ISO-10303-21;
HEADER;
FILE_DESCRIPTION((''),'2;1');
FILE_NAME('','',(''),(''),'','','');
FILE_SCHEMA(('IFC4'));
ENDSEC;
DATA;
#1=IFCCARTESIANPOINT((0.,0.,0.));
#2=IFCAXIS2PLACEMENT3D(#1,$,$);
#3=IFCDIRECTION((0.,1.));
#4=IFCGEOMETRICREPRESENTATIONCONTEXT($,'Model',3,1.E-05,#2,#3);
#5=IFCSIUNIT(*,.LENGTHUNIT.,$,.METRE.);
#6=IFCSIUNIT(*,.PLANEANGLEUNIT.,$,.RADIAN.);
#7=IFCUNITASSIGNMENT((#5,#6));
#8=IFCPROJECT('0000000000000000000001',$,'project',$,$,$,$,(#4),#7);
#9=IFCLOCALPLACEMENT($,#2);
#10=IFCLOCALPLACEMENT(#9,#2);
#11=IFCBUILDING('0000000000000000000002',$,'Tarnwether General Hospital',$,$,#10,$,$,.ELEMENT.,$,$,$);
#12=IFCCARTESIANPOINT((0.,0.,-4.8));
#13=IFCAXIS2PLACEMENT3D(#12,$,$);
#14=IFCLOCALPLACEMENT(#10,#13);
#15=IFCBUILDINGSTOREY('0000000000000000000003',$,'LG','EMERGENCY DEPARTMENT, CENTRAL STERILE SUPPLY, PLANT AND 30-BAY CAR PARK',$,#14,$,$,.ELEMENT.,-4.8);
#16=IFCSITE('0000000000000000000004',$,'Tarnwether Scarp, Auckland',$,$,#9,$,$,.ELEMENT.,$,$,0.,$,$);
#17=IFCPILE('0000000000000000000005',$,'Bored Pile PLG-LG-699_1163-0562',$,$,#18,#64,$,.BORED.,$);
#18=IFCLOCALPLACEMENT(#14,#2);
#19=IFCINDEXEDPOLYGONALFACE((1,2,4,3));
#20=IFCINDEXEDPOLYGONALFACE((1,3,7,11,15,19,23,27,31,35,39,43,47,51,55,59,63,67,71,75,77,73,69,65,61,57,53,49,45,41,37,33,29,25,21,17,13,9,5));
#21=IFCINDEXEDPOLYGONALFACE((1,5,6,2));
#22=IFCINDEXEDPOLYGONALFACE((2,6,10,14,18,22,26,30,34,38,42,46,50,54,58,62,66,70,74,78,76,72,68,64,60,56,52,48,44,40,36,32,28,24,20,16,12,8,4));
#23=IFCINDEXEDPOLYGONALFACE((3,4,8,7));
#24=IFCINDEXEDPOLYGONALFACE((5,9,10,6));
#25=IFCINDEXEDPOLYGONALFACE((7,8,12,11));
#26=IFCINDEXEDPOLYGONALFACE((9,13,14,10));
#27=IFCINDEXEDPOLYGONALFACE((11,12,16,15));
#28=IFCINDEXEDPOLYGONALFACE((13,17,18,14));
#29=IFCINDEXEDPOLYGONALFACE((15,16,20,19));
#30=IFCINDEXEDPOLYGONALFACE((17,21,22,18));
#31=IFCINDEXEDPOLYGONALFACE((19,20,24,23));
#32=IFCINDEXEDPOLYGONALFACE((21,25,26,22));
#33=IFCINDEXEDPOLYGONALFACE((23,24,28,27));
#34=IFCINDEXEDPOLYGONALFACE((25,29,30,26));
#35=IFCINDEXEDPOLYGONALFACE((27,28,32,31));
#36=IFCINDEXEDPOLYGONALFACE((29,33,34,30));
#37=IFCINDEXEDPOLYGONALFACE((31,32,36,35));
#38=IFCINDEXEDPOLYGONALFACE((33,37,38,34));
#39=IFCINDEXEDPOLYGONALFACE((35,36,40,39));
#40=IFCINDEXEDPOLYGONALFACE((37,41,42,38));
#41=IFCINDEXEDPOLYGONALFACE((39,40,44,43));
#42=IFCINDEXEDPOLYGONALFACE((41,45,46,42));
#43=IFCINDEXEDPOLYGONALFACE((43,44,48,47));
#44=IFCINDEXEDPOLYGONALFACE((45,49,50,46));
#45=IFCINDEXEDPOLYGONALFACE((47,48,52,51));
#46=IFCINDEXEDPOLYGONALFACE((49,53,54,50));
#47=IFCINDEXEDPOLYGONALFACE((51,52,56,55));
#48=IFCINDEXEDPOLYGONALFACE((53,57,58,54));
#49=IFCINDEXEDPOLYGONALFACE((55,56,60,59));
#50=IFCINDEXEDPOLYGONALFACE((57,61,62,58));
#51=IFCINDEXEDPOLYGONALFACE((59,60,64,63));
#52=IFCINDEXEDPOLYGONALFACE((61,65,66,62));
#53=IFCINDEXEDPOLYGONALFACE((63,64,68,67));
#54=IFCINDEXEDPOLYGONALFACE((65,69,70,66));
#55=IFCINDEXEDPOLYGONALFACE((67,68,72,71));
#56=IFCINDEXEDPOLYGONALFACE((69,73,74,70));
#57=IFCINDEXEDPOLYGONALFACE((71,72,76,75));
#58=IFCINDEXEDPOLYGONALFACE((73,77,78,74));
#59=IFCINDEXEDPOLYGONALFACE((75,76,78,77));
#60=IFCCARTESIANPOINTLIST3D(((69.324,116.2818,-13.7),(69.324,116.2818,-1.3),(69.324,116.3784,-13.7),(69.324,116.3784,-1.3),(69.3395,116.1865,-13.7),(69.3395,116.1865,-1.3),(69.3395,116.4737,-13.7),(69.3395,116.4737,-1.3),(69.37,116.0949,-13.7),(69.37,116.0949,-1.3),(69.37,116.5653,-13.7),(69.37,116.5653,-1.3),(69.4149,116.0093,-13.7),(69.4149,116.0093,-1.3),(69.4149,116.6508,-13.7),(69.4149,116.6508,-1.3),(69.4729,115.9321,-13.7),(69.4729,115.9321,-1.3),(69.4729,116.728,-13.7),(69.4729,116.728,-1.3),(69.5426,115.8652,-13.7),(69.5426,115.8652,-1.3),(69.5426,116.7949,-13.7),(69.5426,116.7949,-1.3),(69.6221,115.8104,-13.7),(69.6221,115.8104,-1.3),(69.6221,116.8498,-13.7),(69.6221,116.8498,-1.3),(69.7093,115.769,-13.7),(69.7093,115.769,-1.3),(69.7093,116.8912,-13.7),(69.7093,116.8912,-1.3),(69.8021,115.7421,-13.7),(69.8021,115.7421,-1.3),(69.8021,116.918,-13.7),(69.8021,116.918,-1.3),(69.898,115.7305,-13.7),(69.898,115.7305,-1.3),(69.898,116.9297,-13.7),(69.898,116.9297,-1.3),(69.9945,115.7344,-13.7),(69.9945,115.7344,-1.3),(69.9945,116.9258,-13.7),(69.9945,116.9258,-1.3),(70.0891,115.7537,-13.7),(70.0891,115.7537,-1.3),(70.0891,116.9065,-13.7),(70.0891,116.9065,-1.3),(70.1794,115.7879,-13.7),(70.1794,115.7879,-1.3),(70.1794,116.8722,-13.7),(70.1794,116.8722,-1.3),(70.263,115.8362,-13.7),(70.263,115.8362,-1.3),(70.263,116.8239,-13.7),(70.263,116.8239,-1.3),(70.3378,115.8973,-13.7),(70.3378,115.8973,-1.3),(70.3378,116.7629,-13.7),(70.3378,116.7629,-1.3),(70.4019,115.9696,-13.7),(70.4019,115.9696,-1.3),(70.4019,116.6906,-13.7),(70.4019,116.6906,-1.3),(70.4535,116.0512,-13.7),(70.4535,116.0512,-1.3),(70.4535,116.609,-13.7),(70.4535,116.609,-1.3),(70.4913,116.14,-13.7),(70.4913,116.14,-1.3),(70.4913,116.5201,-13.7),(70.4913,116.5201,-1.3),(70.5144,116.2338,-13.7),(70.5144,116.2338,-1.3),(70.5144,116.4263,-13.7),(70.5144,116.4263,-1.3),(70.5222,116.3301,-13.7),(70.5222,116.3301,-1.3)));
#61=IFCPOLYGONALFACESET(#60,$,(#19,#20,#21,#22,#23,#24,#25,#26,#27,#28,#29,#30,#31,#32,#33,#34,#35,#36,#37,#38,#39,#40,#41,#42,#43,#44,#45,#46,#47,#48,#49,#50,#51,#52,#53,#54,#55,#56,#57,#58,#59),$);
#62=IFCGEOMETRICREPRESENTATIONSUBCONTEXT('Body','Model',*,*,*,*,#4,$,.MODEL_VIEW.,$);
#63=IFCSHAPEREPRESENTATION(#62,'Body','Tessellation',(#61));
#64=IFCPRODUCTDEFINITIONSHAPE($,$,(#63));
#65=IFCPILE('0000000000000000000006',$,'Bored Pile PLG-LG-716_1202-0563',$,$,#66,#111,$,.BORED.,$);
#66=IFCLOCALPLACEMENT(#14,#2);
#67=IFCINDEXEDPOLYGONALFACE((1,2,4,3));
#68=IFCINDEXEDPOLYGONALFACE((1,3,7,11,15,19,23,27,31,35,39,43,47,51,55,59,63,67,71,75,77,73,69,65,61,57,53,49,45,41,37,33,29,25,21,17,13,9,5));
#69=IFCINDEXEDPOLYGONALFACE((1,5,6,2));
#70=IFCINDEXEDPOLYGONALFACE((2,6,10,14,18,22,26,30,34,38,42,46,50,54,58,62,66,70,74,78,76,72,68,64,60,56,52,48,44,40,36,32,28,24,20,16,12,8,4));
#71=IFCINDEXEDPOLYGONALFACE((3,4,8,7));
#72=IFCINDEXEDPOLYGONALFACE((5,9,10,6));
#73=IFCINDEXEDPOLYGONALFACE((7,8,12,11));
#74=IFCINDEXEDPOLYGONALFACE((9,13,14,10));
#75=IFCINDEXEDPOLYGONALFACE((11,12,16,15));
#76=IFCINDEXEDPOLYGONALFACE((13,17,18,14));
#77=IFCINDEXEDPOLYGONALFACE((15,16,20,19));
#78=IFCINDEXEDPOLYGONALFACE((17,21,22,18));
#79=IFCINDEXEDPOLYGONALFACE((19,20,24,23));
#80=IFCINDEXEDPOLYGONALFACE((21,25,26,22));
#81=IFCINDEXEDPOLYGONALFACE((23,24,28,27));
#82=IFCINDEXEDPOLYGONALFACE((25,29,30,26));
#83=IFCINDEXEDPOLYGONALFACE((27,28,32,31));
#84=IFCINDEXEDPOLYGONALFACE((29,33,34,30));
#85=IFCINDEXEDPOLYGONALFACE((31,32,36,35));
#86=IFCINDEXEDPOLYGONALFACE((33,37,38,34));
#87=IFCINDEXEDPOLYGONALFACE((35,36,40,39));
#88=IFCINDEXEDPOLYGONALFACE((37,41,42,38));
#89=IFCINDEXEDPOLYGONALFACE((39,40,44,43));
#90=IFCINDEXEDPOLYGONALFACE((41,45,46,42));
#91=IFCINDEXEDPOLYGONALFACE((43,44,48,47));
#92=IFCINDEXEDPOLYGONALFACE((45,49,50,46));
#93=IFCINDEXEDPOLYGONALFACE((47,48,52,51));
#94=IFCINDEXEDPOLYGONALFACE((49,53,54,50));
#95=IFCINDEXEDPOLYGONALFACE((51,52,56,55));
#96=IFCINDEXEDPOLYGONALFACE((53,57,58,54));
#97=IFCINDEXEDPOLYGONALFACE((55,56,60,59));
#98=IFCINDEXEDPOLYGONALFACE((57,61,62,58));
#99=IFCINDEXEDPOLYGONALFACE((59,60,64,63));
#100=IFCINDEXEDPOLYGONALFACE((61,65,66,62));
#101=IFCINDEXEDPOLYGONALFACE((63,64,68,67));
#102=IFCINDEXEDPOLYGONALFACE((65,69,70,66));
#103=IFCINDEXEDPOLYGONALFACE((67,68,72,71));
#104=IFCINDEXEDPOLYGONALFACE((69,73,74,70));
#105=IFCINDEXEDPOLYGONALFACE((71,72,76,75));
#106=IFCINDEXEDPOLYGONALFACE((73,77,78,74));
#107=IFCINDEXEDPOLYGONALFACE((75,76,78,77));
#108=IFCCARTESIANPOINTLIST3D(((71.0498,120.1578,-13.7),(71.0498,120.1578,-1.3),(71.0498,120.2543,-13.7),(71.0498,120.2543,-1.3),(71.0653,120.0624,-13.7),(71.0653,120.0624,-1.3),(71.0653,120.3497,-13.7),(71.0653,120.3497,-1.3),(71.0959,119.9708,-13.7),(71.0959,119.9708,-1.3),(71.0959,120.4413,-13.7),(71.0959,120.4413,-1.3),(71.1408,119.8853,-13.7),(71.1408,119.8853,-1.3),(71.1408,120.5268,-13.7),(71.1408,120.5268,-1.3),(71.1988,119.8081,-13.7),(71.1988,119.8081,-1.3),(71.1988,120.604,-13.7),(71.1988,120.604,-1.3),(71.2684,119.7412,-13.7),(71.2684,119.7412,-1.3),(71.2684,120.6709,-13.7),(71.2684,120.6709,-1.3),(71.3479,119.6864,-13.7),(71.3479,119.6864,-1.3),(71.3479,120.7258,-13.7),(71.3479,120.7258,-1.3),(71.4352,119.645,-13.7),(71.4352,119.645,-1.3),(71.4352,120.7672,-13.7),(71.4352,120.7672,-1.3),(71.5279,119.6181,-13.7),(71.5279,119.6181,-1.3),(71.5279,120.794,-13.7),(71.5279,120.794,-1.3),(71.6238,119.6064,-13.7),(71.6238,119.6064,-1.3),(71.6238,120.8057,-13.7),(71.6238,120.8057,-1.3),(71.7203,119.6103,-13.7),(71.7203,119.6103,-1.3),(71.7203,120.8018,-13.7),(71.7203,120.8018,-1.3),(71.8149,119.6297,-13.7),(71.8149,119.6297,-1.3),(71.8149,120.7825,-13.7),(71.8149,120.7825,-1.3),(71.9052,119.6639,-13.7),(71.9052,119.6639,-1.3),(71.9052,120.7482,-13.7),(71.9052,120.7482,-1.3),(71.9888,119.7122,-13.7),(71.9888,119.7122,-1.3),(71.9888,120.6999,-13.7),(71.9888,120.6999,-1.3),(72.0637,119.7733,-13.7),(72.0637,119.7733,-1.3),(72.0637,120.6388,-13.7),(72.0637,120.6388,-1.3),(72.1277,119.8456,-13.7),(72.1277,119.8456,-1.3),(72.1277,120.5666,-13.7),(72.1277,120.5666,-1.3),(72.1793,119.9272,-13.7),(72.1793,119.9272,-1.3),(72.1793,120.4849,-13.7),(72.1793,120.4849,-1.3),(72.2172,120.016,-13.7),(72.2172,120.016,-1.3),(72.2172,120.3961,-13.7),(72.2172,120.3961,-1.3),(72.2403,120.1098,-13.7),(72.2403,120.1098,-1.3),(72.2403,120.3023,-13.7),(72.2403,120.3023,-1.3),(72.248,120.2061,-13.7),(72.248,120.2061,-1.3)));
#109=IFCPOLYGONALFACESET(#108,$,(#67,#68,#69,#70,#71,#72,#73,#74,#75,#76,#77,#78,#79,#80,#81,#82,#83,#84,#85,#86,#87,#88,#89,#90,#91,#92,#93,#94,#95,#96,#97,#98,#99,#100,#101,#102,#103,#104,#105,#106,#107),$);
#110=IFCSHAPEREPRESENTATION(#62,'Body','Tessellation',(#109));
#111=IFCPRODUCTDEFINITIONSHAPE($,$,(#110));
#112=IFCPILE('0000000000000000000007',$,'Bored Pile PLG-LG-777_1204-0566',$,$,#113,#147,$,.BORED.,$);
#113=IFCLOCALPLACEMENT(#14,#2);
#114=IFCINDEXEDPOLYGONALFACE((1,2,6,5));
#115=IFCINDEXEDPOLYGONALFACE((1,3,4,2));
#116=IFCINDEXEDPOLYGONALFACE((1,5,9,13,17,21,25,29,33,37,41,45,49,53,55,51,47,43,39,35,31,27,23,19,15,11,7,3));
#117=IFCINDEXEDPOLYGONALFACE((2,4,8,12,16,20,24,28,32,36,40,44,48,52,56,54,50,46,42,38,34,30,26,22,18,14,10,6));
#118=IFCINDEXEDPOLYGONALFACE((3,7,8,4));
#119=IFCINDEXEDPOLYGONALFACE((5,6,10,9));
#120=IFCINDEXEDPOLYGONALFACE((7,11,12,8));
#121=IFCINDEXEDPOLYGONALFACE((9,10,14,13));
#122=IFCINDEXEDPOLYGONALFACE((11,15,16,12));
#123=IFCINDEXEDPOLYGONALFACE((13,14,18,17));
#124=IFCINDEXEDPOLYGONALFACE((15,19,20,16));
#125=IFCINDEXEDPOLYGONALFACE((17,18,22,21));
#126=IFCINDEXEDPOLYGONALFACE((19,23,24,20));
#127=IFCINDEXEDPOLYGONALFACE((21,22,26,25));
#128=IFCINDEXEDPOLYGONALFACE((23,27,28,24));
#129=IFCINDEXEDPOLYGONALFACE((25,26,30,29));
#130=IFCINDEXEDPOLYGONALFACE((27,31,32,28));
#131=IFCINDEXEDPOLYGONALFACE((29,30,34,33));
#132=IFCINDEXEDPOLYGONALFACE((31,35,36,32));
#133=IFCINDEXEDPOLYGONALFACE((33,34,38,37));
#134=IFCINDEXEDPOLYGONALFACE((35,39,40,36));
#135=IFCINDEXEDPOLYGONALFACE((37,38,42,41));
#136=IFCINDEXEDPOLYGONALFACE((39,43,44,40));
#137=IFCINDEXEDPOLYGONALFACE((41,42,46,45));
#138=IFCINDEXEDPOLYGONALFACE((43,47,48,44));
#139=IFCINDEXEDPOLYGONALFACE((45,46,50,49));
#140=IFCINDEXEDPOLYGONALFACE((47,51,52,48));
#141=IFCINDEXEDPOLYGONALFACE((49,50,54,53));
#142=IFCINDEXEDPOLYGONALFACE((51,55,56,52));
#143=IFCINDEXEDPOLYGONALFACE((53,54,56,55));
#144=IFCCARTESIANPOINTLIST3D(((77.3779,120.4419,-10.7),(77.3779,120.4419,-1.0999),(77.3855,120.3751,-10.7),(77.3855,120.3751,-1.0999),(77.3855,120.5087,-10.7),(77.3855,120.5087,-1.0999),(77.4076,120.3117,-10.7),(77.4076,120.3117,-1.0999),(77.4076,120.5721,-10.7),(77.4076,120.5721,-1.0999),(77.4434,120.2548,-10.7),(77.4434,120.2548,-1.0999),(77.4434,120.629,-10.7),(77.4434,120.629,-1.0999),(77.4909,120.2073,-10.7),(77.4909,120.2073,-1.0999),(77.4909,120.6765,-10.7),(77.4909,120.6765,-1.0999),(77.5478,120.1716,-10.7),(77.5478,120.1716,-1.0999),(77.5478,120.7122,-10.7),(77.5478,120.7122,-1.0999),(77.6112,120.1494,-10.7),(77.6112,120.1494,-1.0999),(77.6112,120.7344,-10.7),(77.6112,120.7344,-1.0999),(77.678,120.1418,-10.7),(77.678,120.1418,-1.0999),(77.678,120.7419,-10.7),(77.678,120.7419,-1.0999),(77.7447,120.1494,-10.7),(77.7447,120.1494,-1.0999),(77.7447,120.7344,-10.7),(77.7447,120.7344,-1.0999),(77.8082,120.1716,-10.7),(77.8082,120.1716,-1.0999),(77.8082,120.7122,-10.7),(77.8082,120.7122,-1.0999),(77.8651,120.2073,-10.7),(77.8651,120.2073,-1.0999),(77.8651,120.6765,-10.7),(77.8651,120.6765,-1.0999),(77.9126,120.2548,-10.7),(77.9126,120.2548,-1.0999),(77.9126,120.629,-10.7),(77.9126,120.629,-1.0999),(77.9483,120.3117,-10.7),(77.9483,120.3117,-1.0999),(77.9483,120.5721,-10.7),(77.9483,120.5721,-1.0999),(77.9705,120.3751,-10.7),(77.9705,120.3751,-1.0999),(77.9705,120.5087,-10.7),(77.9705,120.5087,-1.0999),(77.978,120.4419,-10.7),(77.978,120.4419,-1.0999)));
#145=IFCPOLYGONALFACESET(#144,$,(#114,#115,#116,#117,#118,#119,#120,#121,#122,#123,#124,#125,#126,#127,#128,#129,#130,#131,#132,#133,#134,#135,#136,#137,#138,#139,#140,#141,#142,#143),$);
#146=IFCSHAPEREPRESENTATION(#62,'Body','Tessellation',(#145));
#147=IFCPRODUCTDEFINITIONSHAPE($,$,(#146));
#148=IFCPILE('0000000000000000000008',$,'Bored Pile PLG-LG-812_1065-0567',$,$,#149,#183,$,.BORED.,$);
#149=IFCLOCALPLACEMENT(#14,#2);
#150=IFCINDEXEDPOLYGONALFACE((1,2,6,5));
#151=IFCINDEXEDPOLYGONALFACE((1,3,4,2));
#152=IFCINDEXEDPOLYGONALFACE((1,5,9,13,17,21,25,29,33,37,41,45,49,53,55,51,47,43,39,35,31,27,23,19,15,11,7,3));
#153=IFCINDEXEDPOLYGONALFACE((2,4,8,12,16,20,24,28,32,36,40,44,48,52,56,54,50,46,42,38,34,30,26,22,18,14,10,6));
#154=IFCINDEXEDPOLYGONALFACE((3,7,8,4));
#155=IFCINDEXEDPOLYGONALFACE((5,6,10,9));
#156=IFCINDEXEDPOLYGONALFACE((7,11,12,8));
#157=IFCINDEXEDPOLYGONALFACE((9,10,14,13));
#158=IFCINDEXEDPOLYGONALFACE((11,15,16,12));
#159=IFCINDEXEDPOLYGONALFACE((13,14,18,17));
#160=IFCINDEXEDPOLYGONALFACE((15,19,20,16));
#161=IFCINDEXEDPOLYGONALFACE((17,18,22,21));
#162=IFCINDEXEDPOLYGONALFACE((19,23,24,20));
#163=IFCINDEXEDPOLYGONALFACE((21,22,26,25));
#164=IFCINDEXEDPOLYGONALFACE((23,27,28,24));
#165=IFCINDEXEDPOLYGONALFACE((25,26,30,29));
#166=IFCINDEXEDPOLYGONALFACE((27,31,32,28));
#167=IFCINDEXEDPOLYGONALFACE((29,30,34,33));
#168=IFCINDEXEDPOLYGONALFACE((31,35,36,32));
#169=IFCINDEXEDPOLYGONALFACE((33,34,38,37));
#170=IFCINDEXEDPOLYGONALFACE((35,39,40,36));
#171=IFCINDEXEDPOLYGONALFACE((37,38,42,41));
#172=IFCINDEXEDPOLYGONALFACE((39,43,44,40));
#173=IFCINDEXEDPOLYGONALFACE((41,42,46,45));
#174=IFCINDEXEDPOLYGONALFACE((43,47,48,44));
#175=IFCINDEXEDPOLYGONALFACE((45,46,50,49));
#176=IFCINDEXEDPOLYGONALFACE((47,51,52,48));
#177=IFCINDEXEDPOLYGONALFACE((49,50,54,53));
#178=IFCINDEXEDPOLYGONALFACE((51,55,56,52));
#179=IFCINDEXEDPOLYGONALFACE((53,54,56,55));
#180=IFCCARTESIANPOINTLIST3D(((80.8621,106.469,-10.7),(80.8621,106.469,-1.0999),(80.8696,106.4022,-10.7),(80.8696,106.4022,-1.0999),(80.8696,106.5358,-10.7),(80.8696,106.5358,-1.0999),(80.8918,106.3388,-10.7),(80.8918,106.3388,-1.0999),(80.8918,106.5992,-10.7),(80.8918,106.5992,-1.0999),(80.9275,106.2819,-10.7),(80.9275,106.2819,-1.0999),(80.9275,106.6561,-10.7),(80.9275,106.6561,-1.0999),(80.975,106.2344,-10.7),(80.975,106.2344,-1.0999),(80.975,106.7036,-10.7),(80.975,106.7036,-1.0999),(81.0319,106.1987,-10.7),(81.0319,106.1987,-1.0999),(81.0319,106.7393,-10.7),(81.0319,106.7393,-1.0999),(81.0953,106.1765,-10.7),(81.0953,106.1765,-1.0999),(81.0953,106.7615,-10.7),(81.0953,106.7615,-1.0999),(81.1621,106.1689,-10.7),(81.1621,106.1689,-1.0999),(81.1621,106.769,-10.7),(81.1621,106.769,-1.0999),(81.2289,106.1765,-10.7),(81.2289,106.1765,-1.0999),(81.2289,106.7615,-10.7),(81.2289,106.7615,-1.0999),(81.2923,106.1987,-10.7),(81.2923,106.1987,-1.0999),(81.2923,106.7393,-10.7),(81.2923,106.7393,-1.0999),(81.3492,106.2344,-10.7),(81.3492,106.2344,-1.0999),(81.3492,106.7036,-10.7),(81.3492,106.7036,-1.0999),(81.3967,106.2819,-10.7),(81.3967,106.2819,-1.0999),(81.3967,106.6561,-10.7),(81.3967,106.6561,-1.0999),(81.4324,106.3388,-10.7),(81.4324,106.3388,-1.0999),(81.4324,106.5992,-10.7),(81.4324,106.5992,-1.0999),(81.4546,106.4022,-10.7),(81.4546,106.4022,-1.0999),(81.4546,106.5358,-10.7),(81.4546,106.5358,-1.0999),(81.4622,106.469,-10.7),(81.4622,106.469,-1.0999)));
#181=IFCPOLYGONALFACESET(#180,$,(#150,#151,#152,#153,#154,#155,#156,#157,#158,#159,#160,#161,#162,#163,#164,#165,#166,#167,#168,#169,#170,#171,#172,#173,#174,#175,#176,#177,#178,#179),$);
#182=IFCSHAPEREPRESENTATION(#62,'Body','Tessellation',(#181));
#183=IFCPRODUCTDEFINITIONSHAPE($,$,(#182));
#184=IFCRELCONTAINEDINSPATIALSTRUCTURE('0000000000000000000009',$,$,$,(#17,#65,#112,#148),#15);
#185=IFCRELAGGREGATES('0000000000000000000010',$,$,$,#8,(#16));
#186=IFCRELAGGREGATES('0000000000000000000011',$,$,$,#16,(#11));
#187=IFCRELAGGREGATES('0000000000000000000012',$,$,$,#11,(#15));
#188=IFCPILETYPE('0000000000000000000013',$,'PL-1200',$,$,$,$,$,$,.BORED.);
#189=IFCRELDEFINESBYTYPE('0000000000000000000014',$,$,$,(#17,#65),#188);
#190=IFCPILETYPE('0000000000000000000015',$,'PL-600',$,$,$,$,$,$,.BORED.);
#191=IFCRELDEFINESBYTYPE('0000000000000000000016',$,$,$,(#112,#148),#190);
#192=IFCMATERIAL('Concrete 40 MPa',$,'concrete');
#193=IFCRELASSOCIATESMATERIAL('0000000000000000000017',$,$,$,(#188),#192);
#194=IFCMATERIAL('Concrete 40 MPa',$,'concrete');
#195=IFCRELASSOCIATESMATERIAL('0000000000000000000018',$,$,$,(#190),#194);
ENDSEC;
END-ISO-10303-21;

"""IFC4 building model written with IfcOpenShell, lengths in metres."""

from ifc_helpers import new_model, si_unit, direction, frame, origin, origin_2d, place, context, subcontext, project, spatial, circle, extrude, material, material_profile, profile_set, type_object, element, save


model = new_model("IFC4")

# Units and contexts
model_context = context("Model", 3, precision=1e-05, world=origin(), true_north=direction((0.0, 1.0)))
body_context = subcontext(model_context, "Body", "Model", "MODEL_VIEW")
ifc_project = project(units=[si_unit("LENGTHUNIT", "METRE"), si_unit("PLANEANGLEUNIT", "RADIAN")], contexts=[model_context])

# Site, building, storey
site_placement = place(None, origin())
site = spatial("IfcSite", under=ifc_project, at=site_placement, Name="Tarnwether Scarp, Auckland", CompositionType="ELEMENT", RefElevation=0.0)
building_placement = place(site_placement, origin())
building = spatial("IfcBuilding", under=site, at=building_placement, Name="Tarnwether General Hospital", CompositionType="ELEMENT")
storey_placement = place(building_placement, frame((0.0, 0.0, -4.8)))
storey = spatial("IfcBuildingStorey", under=building, at=storey_placement, Name="LG", Description="EMERGENCY DEPARTMENT, CENTRAL STERILE SUPPLY, PLANT AND 30-BAY CAR PARK", CompositionType="ELEMENT", Elevation=-4.8)

# Piles
ifc_material_1 = material(Name="Concrete 40 MPa", Category="concrete")
ifc_material_profile_1 = material_profile(ifc_material_1, circle(Radius=0.6001, at=origin_2d()), Name="PILE-D1200")
ifc_profile_set_1 = profile_set([ifc_material_profile_1], Name="Concrete 40 MPa")
pile_type_1 = type_object("IfcPileType", Name="PL-1200", PredefinedType="BORED", material=ifc_profile_set_1)
for number, where, z_axis, x_axis, name in (
    (1, (69.9221, 116.3301, -1.3), (0.0, 0.0, -1.0), (1.0, 0.0, 0.0), "Bored Pile PLG-LG-699_1163-0562"),
    (2, (71.6479, 120.2061, -1.3), (0.0, 0.0, -1.0), (1.0, 0.0, 0.0), "Bored Pile PLG-LG-716_1202-0563"),
):
    element("IfcPile", number, at=place(storey_placement, frame(where, z_axis=z_axis, x_axis=x_axis)), inside=storey, type_object=pile_type_1, Name=name, PredefinedType="BORED", context=body_context, shape_type="SweptSolid", body=[
        extrude(circle(Radius=0.6001, at=origin_2d()), origin(), (0.0, 0.0, 1.0), 12.3999),
    ])
ifc_material_2 = material(Name="Concrete 40 MPa", Category="concrete")
ifc_material_profile_2 = material_profile(ifc_material_2, circle(Radius=0.3, at=origin_2d()), Name="PILE-D600")
ifc_profile_set_2 = profile_set([ifc_material_profile_2], Name="Concrete 40 MPa")
pile_type_2 = type_object("IfcPileType", Name="PL-600", PredefinedType="BORED", material=ifc_profile_set_2)
for number, where, z_axis, x_axis, name in (
    (3, (77.678, 120.4419, -1.0999), (0.0, 0.0, -1.0), (1.0, 0.0, 0.0), "Bored Pile PLG-LG-777_1204-0566"),
    (4, (81.1621, 106.469, -1.0999), (0.0, 0.0, -1.0), (1.0, 0.0, 0.0), "Bored Pile PLG-LG-812_1065-0567"),
):
    element("IfcPile", number, at=place(storey_placement, frame(where, z_axis=z_axis, x_axis=x_axis)), inside=storey, type_object=pile_type_2, Name=name, PredefinedType="BORED", context=body_context, shape_type="SweptSolid", body=[
        extrude(circle(Radius=0.3, at=origin_2d()), origin(), (0.0, 0.0, 1.0), 9.6001),
    ])

save(model, "model.ifc")
